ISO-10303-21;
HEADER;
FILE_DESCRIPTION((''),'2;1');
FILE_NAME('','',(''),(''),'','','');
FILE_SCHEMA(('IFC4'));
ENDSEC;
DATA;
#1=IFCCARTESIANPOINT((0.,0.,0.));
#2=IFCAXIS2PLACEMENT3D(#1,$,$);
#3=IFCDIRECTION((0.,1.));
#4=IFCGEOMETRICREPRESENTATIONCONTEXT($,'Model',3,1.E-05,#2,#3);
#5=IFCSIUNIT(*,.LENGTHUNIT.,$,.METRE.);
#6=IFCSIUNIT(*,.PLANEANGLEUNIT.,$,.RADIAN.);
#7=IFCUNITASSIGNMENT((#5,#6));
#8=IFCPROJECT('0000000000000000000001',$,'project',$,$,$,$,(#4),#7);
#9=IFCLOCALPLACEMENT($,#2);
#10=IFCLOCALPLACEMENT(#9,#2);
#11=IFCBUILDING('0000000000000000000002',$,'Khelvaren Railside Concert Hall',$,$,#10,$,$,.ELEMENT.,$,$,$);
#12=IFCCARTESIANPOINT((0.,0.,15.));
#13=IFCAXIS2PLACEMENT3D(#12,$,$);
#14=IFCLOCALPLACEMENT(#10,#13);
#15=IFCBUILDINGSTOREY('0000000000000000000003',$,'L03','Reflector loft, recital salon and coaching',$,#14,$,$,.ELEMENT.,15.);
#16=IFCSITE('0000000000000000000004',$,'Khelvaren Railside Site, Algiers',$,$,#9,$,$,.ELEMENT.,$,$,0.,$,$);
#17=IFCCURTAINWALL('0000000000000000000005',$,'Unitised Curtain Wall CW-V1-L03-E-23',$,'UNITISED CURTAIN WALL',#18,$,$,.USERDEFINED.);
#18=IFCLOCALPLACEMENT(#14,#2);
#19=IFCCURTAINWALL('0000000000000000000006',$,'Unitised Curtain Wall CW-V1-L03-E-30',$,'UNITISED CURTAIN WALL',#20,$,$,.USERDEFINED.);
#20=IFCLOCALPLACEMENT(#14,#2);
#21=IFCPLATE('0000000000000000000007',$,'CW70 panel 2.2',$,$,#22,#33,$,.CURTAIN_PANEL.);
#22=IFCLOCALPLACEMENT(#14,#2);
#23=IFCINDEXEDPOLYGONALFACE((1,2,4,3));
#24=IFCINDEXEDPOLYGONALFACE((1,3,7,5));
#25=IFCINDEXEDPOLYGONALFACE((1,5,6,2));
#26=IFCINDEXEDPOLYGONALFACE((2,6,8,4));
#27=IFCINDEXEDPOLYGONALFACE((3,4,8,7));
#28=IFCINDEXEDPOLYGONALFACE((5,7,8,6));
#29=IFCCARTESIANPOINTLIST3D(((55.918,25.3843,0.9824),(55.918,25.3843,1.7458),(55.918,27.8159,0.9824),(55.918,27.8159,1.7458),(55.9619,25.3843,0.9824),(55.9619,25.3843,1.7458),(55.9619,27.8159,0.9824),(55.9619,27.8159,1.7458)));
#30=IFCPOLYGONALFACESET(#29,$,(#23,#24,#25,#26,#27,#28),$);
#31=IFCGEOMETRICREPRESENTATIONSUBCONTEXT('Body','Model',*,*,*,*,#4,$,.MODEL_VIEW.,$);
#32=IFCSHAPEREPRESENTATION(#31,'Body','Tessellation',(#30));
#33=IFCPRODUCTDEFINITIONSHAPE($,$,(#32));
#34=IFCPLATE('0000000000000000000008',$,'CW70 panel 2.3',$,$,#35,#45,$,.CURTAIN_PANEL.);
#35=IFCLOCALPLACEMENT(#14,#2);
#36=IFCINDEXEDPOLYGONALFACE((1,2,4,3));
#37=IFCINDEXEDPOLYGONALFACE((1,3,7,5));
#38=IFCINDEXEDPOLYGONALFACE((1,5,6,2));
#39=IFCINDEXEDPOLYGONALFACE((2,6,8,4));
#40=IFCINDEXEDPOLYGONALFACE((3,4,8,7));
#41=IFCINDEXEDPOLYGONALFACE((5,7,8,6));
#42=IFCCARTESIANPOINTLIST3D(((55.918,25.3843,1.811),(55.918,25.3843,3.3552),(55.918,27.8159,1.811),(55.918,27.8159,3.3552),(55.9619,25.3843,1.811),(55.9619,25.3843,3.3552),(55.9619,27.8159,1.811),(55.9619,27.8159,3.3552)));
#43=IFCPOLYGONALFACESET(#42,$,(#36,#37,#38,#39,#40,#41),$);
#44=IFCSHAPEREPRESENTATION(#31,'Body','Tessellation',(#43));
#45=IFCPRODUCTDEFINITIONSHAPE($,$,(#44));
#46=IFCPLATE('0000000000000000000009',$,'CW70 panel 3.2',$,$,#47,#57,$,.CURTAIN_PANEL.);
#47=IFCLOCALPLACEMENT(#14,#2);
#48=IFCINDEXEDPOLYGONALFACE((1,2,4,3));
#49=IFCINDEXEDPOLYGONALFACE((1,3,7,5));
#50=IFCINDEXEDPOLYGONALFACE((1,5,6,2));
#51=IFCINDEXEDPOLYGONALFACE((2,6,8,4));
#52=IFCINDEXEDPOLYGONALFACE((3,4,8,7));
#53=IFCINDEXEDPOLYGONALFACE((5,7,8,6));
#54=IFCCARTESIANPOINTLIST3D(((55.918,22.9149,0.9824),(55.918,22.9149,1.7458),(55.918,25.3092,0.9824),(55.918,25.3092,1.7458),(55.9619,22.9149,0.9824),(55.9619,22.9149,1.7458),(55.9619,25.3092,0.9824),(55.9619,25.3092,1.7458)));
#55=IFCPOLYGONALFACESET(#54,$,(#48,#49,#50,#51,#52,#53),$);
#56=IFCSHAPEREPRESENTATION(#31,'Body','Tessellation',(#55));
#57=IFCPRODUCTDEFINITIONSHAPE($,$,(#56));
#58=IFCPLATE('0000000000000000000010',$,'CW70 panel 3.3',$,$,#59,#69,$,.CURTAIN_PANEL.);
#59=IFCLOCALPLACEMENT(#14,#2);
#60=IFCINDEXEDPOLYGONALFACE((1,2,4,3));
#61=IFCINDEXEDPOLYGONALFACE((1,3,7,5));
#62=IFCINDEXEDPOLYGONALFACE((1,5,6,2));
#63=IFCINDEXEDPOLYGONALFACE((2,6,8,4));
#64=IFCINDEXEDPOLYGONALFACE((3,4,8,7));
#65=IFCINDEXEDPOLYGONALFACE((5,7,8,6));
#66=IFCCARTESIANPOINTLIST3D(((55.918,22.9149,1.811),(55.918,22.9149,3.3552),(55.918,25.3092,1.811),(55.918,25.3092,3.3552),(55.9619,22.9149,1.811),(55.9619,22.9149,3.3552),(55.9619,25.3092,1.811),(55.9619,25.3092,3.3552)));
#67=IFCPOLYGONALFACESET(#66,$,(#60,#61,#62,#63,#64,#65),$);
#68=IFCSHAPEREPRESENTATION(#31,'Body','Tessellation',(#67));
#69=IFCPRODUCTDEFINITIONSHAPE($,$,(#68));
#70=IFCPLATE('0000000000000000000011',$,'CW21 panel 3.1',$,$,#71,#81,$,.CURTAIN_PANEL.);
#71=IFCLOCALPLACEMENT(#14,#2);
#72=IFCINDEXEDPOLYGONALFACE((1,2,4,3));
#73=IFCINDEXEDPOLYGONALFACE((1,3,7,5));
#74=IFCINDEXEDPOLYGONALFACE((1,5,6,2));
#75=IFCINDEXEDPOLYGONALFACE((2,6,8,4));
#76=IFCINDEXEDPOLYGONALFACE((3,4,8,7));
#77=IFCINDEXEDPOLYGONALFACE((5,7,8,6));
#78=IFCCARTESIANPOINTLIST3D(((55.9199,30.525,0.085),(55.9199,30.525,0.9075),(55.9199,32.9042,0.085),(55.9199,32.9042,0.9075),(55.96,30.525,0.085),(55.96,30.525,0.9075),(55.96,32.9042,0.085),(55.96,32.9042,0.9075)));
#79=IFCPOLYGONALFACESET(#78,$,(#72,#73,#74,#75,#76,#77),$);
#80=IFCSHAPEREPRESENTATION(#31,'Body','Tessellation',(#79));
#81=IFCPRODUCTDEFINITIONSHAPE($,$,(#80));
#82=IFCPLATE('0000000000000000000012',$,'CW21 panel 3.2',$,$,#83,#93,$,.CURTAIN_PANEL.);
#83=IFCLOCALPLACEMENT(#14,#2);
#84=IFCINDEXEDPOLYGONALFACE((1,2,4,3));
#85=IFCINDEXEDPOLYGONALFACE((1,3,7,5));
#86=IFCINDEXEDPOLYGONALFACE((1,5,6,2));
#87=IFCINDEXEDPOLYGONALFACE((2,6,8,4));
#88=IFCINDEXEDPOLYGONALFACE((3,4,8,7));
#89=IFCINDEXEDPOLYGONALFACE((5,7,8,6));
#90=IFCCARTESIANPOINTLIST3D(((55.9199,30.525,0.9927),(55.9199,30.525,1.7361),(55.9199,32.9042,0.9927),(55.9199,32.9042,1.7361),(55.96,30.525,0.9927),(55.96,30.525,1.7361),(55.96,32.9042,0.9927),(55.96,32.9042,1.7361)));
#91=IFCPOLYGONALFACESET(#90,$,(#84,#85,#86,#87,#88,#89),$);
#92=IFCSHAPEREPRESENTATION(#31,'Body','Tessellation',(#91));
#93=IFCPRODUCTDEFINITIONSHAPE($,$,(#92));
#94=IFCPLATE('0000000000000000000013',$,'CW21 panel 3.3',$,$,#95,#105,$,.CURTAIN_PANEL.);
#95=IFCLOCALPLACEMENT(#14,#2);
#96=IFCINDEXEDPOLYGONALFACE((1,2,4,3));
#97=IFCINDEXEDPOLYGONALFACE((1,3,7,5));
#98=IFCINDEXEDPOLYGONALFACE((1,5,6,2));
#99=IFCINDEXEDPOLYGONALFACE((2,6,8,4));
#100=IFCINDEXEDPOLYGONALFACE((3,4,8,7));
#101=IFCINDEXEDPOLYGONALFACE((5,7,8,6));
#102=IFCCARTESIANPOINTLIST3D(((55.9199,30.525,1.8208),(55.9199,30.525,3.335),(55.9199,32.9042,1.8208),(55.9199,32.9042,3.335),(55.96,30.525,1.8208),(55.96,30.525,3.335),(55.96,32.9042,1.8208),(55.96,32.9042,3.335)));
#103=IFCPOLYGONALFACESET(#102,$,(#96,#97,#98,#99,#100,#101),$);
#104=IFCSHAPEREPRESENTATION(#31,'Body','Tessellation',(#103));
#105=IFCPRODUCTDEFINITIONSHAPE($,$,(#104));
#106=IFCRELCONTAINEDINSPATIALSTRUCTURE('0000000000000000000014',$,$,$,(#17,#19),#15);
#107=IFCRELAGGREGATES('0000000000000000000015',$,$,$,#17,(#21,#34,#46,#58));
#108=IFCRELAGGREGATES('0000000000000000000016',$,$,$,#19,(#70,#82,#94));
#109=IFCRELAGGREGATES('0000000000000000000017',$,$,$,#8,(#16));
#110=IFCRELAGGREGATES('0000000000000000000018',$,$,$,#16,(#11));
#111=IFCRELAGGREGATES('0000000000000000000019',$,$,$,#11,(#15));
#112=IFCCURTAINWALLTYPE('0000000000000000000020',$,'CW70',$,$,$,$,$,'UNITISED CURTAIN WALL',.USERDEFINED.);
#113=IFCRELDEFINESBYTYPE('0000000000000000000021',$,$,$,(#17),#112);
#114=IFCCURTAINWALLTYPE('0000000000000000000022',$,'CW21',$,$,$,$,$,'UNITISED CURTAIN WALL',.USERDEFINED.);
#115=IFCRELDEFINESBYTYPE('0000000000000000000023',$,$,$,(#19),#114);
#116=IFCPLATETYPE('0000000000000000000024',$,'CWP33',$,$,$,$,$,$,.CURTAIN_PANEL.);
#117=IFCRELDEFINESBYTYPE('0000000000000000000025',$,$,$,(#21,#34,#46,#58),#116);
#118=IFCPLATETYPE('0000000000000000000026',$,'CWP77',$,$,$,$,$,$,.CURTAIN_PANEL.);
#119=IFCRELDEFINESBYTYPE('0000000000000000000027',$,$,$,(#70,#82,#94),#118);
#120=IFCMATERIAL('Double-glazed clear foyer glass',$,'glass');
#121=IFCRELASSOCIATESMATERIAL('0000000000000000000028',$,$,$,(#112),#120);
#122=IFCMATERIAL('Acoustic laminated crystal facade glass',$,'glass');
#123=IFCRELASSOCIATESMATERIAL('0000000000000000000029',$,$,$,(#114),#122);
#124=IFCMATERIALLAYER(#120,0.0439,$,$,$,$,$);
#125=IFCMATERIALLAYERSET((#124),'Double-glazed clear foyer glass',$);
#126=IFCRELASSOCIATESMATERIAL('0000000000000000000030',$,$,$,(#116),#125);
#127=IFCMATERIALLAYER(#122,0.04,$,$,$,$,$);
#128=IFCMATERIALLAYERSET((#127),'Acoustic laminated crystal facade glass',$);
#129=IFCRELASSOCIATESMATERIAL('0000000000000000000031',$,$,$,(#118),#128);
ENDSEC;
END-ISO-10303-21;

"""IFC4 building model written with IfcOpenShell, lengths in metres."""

from ifc_helpers import new_model, si_unit, direction, frame, origin, origin_2d, place, context, subcontext, project, spatial, rectangle, extrude, material, layer, layer_set, type_object, element, aggregate, save


model = new_model("IFC4")

# Units and contexts
model_context = context("Model", 3, precision=1e-05, world=origin(), true_north=direction((0.0, 1.0)))
body_context = subcontext(model_context, "Body", "Model", "MODEL_VIEW")
ifc_project = project(units=[si_unit("LENGTHUNIT", "METRE"), si_unit("PLANEANGLEUNIT", "RADIAN")], contexts=[model_context])

# Site, building, storey
site_placement = place(None, origin())
site = spatial("IfcSite", under=ifc_project, at=site_placement, Name="Khelvaren Railside Site, Algiers", CompositionType="ELEMENT", RefElevation=0.0)
building_placement = place(site_placement, origin())
building = spatial("IfcBuilding", under=site, at=building_placement, Name="Khelvaren Railside Concert Hall", CompositionType="ELEMENT")
storey_placement = place(building_placement, frame((0.0, 0.0, 15.0)))
storey = spatial("IfcBuildingStorey", under=building, at=storey_placement, Name="L03", Description="Reflector loft, recital salon and coaching", CompositionType="ELEMENT", Elevation=15.0)

# Curtain walls
ifc_material_1 = material(Name="Double-glazed clear foyer glass", Category="glass")
curtain_wall_type_1 = type_object("IfcCurtainWallType", Name="CW70", ElementType="UNITISED CURTAIN WALL", PredefinedType="USERDEFINED", material=ifc_material_1)
curtain_wall_1_placement = place(storey_placement, origin())
curtain_wall_1 = element("IfcCurtainWall", 1, at=curtain_wall_1_placement, inside=storey, type_object=curtain_wall_type_1, Name="Unitised Curtain Wall CW-V1-L03-E-23", ObjectType="UNITISED CURTAIN WALL", PredefinedType="USERDEFINED")
ifc_material_2 = material(Name="Acoustic laminated crystal facade glass", Category="glass")
curtain_wall_type_2 = type_object("IfcCurtainWallType", Name="CW21", ElementType="UNITISED CURTAIN WALL", PredefinedType="USERDEFINED", material=ifc_material_2)
curtain_wall_2_placement = place(storey_placement, origin())
curtain_wall_2 = element("IfcCurtainWall", 2, at=curtain_wall_2_placement, inside=storey, type_object=curtain_wall_type_2, Name="Unitised Curtain Wall CW-V1-L03-E-30", ObjectType="UNITISED CURTAIN WALL", PredefinedType="USERDEFINED")

# Plates
ifc_layer_1 = layer(ifc_material_1, 0.0439)
ifc_layer_set_1 = layer_set([ifc_layer_1], Name="Double-glazed clear foyer glass")
plate_type_1 = type_object("IfcPlateType", Name="CWP33", PredefinedType="CURTAIN_PANEL", material=ifc_layer_set_1)
plate_1_placement = place(storey_placement, frame((55.9399, 26.6001, 0.9824), z_axis=(0.0, 0.0, 1.0), x_axis=(0.0, -1.0, 0.0)))
plate_1 = element("IfcPlate", 3, at=plate_1_placement, type_object=plate_type_1, Name="CW70 panel 2.2", PredefinedType="CURTAIN_PANEL", context=body_context, shape_type="SweptSolid", body=[
    extrude(rectangle(XDim=2.4316, YDim=0.0439, at=origin_2d()), origin(), (0.0, 0.0, 1.0), 0.7634),
])
plate_2_placement = place(storey_placement, frame((55.9399, 26.6001, 1.811), z_axis=(0.0, 0.0, 1.0), x_axis=(0.0, -1.0, 0.0)))
plate_2 = element("IfcPlate", 4, at=plate_2_placement, type_object=plate_type_1, Name="CW70 panel 2.3", PredefinedType="CURTAIN_PANEL", context=body_context, shape_type="SweptSolid", body=[
    extrude(rectangle(XDim=2.4316, YDim=0.0439, at=origin_2d()), origin(), (0.0, 0.0, 1.0), 1.5442),
])
plate_3_placement = place(storey_placement, frame((55.9399, 24.1121, 0.9824), z_axis=(0.0, 0.0, 1.0), x_axis=(0.0, -1.0, 0.0)))
plate_3 = element("IfcPlate", 5, at=plate_3_placement, type_object=plate_type_1, Name="CW70 panel 3.2", PredefinedType="CURTAIN_PANEL", context=body_context, shape_type="SweptSolid", body=[
    extrude(rectangle(XDim=2.3943, YDim=0.0439, at=origin_2d()), origin(), (0.0, 0.0, 1.0), 0.7634),
])
plate_4_placement = place(storey_placement, frame((55.9399, 24.1121, 1.811), z_axis=(0.0, 0.0, 1.0), x_axis=(0.0, -1.0, 0.0)))
plate_4 = element("IfcPlate", 6, at=plate_4_placement, type_object=plate_type_1, Name="CW70 panel 3.3", PredefinedType="CURTAIN_PANEL", context=body_context, shape_type="SweptSolid", body=[
    extrude(rectangle(XDim=2.3943, YDim=0.0439, at=origin_2d()), origin(), (0.0, 0.0, 1.0), 1.5442),
])
aggregate(curtain_wall_1, [plate_1, plate_2, plate_3, plate_4])
ifc_layer_2 = layer(ifc_material_2, 0.04)
ifc_layer_set_2 = layer_set([ifc_layer_2], Name="Acoustic laminated crystal facade glass")
plate_type_2 = type_object("IfcPlateType", Name="CWP77", PredefinedType="CURTAIN_PANEL", material=ifc_layer_set_2)
plate_5_placement = place(storey_placement, frame((55.9399, 31.7146, 0.085), z_axis=(0.0, 0.0, 1.0), x_axis=(0.0, -1.0, 0.0)))
plate_5 = element("IfcPlate", 7, at=plate_5_placement, type_object=plate_type_2, Name="CW21 panel 3.1", PredefinedType="CURTAIN_PANEL", context=body_context, shape_type="SweptSolid", body=[
    extrude(rectangle(XDim=2.3792, YDim=0.04, at=origin_2d()), origin(), (0.0, 0.0, 1.0), 0.8225),
])
plate_6_placement = place(storey_placement, frame((55.9399, 31.7146, 0.9927), z_axis=(0.0, 0.0, 1.0), x_axis=(0.0, -1.0, 0.0)))
plate_6 = element("IfcPlate", 8, at=plate_6_placement, type_object=plate_type_2, Name="CW21 panel 3.2", PredefinedType="CURTAIN_PANEL", context=body_context, shape_type="SweptSolid", body=[
    extrude(rectangle(XDim=2.3792, YDim=0.04, at=origin_2d()), origin(), (0.0, 0.0, 1.0), 0.7434),
])
plate_7_placement = place(storey_placement, frame((55.9399, 31.7146, 1.8208), z_axis=(0.0, 0.0, 1.0), x_axis=(0.0, -1.0, 0.0)))
plate_7 = element("IfcPlate", 9, at=plate_7_placement, type_object=plate_type_2, Name="CW21 panel 3.3", PredefinedType="CURTAIN_PANEL", context=body_context, shape_type="SweptSolid", body=[
    extrude(rectangle(XDim=2.3792, YDim=0.04, at=origin_2d()), origin(), (0.0, 0.0, 1.0), 1.5142),
])
aggregate(curtain_wall_2, [plate_5, plate_6, plate_7])

save(model, "model.ifc")
